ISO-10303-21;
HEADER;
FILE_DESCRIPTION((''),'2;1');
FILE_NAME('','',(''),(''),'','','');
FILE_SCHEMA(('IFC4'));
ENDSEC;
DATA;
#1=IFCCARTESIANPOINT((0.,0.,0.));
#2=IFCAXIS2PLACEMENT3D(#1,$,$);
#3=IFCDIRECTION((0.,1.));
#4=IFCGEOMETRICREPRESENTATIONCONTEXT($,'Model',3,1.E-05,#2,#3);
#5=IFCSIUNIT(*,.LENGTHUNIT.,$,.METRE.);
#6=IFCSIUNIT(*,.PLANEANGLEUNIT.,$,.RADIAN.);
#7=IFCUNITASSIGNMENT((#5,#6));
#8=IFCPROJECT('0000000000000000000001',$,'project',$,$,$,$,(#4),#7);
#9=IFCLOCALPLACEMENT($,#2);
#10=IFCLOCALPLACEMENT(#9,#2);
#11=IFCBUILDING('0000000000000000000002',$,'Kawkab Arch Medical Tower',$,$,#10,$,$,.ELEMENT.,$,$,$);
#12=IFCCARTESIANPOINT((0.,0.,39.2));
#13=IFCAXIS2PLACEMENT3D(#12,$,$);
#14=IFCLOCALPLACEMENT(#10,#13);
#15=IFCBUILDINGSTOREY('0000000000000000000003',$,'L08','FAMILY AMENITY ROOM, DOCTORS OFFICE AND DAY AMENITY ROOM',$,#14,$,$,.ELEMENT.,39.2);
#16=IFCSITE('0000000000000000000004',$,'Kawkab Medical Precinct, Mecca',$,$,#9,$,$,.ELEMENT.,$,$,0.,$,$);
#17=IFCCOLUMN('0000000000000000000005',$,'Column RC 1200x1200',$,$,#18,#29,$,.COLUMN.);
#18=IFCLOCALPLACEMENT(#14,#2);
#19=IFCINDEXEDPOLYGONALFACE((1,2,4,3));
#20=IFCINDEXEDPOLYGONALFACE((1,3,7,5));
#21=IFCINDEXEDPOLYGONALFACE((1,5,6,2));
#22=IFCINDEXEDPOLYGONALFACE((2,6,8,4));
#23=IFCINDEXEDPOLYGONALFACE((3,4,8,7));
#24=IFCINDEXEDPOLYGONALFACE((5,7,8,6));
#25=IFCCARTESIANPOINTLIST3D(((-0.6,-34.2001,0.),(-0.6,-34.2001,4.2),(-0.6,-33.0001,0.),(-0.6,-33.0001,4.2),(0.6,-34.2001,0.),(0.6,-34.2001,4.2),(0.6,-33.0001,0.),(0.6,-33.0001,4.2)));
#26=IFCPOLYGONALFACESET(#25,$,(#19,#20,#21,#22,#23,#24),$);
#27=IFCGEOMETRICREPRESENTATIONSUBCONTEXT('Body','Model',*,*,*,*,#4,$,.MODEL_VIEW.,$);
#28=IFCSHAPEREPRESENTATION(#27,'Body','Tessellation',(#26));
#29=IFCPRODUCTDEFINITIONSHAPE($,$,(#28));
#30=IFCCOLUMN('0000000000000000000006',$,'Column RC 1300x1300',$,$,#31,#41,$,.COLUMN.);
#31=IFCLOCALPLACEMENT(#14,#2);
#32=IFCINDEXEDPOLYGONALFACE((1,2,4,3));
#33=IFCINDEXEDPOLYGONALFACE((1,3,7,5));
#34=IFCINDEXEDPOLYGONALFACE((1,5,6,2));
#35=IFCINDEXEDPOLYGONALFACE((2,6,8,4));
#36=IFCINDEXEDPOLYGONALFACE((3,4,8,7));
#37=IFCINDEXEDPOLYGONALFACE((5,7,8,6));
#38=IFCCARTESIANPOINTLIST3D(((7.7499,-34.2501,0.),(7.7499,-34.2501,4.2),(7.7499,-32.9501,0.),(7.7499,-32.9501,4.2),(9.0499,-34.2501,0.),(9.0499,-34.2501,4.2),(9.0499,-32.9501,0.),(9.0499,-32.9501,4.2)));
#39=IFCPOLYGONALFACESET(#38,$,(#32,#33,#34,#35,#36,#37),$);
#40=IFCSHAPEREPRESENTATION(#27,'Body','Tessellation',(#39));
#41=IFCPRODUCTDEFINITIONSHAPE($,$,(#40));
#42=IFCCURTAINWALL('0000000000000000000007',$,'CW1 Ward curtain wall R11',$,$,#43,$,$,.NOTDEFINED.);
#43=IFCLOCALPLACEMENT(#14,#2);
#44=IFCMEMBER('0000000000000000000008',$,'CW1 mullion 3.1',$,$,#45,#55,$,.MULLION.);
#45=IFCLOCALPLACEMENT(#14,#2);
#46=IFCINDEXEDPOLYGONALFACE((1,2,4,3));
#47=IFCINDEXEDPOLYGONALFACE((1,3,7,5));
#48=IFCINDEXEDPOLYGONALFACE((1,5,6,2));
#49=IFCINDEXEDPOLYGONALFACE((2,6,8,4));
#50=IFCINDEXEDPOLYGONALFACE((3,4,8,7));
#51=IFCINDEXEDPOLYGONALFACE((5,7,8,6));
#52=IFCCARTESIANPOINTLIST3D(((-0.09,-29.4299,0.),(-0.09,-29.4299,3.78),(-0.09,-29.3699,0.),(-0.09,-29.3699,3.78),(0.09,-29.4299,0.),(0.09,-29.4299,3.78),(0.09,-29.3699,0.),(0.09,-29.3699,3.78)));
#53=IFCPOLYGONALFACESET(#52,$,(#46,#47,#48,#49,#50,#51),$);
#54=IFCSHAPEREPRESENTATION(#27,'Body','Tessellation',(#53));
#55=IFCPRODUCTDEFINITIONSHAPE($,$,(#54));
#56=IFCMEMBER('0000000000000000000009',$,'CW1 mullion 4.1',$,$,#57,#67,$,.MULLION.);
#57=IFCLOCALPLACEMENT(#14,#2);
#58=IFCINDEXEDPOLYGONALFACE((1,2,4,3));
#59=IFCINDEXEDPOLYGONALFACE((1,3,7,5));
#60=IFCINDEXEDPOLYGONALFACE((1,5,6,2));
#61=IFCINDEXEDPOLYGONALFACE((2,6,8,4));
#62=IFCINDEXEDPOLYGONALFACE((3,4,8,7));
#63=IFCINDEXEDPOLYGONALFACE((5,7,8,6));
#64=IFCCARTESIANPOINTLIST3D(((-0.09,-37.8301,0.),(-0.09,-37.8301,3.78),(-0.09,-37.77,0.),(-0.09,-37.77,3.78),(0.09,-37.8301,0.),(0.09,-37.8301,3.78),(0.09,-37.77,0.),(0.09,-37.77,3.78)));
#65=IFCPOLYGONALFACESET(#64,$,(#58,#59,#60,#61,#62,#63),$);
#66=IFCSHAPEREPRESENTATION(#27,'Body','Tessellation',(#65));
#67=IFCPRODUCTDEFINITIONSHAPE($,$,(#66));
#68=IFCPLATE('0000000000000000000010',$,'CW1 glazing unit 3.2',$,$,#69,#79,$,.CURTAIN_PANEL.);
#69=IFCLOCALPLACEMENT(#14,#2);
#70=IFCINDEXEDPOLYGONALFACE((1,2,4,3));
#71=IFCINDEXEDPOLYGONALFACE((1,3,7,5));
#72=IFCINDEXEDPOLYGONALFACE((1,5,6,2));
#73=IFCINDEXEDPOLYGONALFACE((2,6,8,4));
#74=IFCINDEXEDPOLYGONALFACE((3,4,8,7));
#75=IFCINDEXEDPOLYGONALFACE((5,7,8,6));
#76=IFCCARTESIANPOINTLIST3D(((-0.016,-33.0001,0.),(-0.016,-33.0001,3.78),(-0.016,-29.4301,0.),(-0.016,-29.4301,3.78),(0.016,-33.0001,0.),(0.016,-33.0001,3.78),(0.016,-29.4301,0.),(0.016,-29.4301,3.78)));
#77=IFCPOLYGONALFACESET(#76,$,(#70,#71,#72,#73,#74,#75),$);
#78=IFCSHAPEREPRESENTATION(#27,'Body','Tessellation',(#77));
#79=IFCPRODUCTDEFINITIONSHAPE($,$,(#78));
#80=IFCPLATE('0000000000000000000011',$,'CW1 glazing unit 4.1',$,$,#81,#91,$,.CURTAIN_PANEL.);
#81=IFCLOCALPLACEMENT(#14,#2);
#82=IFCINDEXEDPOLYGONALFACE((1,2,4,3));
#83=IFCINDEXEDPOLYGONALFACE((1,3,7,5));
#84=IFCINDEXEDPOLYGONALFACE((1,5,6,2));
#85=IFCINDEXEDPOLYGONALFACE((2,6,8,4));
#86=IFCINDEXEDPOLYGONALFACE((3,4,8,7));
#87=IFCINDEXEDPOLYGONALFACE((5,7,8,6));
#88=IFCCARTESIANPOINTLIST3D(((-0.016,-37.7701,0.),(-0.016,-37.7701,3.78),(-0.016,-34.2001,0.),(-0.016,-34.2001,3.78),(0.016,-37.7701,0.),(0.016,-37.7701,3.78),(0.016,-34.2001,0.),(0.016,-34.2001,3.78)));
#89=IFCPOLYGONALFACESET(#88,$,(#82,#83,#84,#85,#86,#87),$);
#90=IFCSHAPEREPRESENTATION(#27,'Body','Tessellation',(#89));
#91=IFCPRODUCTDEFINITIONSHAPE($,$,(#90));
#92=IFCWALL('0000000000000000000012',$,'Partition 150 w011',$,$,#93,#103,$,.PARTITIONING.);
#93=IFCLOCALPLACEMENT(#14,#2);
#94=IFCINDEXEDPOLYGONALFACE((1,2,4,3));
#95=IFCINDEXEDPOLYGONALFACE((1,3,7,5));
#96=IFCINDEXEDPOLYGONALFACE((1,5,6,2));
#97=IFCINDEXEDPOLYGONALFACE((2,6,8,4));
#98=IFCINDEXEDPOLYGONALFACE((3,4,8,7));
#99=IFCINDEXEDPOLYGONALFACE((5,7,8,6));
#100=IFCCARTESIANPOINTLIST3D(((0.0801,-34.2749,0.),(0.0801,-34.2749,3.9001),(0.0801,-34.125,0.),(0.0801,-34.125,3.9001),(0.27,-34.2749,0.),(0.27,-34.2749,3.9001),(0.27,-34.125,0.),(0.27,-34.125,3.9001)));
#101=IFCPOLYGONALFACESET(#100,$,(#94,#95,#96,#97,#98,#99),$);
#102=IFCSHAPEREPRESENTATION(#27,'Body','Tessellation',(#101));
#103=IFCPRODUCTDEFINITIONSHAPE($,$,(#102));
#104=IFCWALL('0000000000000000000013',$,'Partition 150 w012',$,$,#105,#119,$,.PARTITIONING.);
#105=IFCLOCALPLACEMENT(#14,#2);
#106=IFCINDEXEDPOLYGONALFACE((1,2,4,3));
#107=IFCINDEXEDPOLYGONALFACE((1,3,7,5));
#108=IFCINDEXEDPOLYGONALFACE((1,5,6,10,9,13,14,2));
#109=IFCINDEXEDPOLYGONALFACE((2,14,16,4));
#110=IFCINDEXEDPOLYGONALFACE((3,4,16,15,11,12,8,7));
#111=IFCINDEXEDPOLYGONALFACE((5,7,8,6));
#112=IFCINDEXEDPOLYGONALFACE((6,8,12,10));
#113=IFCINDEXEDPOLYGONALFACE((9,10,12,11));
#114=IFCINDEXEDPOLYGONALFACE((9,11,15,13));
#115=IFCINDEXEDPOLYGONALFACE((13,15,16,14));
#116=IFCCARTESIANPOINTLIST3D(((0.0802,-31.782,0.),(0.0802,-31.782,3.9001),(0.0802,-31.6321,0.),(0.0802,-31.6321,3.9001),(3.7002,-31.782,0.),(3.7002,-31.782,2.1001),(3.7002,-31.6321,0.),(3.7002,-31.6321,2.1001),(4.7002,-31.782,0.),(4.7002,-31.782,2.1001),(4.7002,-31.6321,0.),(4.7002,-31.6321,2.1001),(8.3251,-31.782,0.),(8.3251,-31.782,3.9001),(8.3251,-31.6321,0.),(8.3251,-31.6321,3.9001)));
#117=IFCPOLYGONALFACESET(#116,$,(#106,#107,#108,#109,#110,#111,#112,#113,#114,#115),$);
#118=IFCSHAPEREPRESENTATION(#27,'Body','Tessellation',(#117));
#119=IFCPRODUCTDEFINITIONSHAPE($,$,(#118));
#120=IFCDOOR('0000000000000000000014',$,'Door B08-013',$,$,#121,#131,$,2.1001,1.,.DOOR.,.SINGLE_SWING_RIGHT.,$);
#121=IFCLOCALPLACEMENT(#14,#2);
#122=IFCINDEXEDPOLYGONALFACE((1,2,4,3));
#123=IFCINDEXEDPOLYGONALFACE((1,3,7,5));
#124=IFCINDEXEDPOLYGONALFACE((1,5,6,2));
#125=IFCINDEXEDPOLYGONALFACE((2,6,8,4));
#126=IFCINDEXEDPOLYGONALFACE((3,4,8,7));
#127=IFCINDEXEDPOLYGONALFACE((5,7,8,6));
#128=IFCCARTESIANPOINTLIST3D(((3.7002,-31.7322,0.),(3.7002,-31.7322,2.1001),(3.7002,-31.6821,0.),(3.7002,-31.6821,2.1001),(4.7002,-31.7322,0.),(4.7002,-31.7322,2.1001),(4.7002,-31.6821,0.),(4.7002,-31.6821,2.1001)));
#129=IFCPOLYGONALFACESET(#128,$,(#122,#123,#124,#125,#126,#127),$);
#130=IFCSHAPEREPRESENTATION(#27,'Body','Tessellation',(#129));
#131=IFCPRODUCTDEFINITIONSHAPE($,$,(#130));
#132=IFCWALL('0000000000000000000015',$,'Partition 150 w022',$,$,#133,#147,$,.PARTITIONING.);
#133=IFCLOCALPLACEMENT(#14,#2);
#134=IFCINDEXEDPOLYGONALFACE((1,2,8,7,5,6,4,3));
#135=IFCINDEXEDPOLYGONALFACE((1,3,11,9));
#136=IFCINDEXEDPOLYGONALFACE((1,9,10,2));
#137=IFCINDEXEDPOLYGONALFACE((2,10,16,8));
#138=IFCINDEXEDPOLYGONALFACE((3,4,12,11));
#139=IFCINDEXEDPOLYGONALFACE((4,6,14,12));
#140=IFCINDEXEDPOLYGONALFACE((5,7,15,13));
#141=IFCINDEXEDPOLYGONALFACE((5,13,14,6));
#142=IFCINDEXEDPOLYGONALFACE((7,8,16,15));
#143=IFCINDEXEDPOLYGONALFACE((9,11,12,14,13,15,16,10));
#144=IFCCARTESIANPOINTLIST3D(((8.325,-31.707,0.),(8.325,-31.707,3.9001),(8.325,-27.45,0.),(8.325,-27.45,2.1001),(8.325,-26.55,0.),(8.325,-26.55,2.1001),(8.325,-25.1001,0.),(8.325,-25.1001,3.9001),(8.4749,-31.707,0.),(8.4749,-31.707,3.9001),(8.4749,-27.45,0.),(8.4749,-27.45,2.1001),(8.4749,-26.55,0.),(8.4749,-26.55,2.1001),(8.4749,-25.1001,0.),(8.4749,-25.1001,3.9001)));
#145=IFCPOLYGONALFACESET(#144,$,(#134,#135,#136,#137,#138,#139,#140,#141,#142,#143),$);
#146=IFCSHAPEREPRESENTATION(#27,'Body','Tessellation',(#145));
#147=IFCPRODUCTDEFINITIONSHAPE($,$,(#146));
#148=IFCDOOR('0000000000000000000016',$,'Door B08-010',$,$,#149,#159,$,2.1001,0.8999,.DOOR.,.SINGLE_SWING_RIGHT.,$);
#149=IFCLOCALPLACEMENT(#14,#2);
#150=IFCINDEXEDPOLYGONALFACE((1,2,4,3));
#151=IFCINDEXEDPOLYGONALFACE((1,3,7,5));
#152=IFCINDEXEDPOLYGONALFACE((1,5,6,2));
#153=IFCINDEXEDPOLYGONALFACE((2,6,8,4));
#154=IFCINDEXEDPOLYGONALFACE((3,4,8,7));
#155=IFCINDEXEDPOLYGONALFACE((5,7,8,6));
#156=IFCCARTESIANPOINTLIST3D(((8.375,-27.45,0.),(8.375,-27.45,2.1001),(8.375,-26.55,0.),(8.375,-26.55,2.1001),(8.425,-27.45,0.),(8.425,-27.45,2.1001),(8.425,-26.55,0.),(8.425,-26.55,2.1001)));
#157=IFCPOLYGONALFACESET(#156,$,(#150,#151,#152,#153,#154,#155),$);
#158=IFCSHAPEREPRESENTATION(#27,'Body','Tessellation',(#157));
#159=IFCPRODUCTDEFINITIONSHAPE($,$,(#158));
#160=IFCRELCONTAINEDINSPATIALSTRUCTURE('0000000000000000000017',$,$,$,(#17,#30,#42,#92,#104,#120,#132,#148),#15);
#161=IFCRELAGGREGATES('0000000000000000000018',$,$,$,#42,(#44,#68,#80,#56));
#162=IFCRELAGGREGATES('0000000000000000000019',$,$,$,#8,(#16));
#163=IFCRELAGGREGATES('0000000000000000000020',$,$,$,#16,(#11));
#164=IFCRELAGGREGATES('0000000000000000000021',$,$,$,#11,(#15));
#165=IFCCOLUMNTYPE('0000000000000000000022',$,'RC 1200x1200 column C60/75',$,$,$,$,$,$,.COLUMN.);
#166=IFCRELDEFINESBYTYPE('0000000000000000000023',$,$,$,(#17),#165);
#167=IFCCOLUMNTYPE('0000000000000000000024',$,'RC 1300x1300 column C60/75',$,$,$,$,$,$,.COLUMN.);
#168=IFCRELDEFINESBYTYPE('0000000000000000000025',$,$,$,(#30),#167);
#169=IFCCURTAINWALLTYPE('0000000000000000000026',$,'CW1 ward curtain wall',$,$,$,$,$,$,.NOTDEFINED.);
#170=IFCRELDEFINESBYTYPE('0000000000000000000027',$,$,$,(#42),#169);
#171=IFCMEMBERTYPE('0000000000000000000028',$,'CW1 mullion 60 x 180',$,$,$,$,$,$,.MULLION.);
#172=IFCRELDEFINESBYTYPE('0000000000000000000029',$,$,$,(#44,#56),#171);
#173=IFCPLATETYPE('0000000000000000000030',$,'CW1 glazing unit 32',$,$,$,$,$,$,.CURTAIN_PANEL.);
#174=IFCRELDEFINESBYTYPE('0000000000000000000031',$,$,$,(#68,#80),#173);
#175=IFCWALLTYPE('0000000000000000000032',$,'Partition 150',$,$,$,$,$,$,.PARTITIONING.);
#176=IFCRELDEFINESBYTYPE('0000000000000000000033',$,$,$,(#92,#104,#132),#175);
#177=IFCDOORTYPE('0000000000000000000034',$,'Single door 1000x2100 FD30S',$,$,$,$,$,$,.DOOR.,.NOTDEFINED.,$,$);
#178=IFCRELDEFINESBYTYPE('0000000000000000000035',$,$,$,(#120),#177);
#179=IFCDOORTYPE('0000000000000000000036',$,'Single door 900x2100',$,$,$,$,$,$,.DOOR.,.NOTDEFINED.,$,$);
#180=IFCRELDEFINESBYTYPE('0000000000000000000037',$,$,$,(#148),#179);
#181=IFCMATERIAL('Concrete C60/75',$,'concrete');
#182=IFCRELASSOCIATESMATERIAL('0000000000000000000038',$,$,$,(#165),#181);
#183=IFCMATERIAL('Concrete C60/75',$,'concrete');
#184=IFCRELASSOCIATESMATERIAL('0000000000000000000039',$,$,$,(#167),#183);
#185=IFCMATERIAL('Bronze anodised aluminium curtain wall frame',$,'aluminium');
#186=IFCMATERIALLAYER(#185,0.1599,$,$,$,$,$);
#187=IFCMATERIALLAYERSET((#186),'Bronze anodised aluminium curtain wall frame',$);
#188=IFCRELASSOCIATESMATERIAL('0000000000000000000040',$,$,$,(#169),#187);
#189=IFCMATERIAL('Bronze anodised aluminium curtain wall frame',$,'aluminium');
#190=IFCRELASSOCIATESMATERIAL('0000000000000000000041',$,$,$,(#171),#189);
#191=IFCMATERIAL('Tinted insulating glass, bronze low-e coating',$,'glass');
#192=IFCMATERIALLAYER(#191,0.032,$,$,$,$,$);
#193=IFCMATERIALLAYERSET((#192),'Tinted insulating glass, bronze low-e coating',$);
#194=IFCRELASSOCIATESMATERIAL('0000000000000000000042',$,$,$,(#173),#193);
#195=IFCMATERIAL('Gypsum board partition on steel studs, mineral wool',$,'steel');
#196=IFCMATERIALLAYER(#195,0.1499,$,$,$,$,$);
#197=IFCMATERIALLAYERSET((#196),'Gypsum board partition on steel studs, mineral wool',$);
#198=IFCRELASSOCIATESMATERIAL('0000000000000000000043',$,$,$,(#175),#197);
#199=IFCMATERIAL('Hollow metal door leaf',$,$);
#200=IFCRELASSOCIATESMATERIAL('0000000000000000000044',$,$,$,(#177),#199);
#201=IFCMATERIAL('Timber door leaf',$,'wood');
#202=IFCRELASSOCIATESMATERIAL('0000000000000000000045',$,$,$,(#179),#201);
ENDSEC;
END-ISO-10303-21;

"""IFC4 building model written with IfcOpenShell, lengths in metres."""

from ifc_helpers import new_model, si_unit, direction, frame, frame_2d, origin, origin_2d, place, context, subcontext, project, spatial, rectangle, extrude, material, layer, layer_set, material_profile, profile_set, type_object, element, fill, aggregate, save


model = new_model("IFC4")

# Units and contexts
model_context = context("Model", 3, precision=1e-05, world=origin(), true_north=direction((0.0, 1.0)))
body_context = subcontext(model_context, "Body", "Model", "MODEL_VIEW")
ifc_project = project(units=[si_unit("LENGTHUNIT", "METRE"), si_unit("PLANEANGLEUNIT", "RADIAN")], contexts=[model_context])

# Site, building, storey
site_placement = place(None, origin())
site = spatial("IfcSite", under=ifc_project, at=site_placement, Name="Kawkab Medical Precinct, Mecca", CompositionType="ELEMENT", RefElevation=0.0)
building_placement = place(site_placement, origin())
building = spatial("IfcBuilding", under=site, at=building_placement, Name="Kawkab Arch Medical Tower", CompositionType="ELEMENT")
storey_placement = place(building_placement, frame((0.0, 0.0, 39.2)))
storey = spatial("IfcBuildingStorey", under=building, at=storey_placement, Name="L08", Description="FAMILY AMENITY ROOM, DOCTORS OFFICE AND DAY AMENITY ROOM", CompositionType="ELEMENT", Elevation=39.2)

# Columns
ifc_material_1 = material(Name="Concrete C60/75", Category="concrete")
ifc_material_profile_1 = material_profile(ifc_material_1, rectangle(XDim=1.2, YDim=1.2, at=origin_2d()), Name="RC 1200x1200")
ifc_profile_set_1 = profile_set([ifc_material_profile_1], Name="Concrete C60/75")
column_type_1 = type_object("IfcColumnType", Name="RC 1200x1200 column C60/75", PredefinedType="COLUMN", material=ifc_profile_set_1)
column_1_placement = place(storey_placement, frame((0.0, -33.6001, 0.0), z_axis=(0.0, 0.0, 1.0), x_axis=(1.0, 0.0, 0.0)))
element("IfcColumn", 1, at=column_1_placement, inside=storey, type_object=column_type_1, Name="Column RC 1200x1200", PredefinedType="COLUMN", context=body_context, shape_type="SweptSolid", body=[
    extrude(rectangle(XDim=1.2, YDim=1.2, at=origin_2d()), origin(), (0.0, 0.0, 1.0), 4.2),
])
ifc_material_2 = material(Name="Concrete C60/75", Category="concrete")
ifc_material_profile_2 = material_profile(ifc_material_2, rectangle(XDim=1.3, YDim=1.3, at=origin_2d()), Name="RC 1300x1300")
ifc_profile_set_2 = profile_set([ifc_material_profile_2], Name="Concrete C60/75")
column_type_2 = type_object("IfcColumnType", Name="RC 1300x1300 column C60/75", PredefinedType="COLUMN", material=ifc_profile_set_2)
column_2_placement = place(storey_placement, frame((8.3999, -33.6001, 0.0), z_axis=(0.0, 0.0, 1.0), x_axis=(1.0, 0.0, 0.0)))
element("IfcColumn", 2, at=column_2_placement, inside=storey, type_object=column_type_2, Name="Column RC 1300x1300", PredefinedType="COLUMN", context=body_context, shape_type="SweptSolid", body=[
    extrude(rectangle(XDim=1.3, YDim=1.3, at=origin_2d()), origin(), (0.0, 0.0, 1.0), 4.2),
])

# Curtain wall, members, plates
ifc_material_3 = material(Name="Bronze anodised aluminium curtain wall frame", Category="aluminium")
ifc_layer_1 = layer(ifc_material_3, 0.1599)
ifc_layer_set_1 = layer_set([ifc_layer_1], Name="Bronze anodised aluminium curtain wall frame")
curtain_wall_type = type_object("IfcCurtainWallType", Name="CW1 ward curtain wall", PredefinedType="NOTDEFINED", material=ifc_layer_set_1)
placement = place(storey_placement, origin())
curtain_wall = element("IfcCurtainWall", 3, at=placement, inside=storey, type_object=curtain_wall_type, Name="CW1 Ward curtain wall R11", PredefinedType="NOTDEFINED")
ifc_material_4 = material(Name="Bronze anodised aluminium curtain wall frame", Category="aluminium")
ifc_material_profile_3 = material_profile(ifc_material_4, rectangle(XDim=0.1799, YDim=0.0601, at=origin_2d()), Name="AL 60x180")
ifc_profile_set_3 = profile_set([ifc_material_profile_3], Name="Bronze anodised aluminium curtain wall frame")
member_type = type_object("IfcMemberType", Name="CW1 mullion 60 x 180", PredefinedType="MULLION", material=ifc_profile_set_3)
member_1_placement = place(storey_placement, frame((0.0, -29.3999, 0.0), z_axis=(0.0, 0.0, 1.0), x_axis=(1.0, 0.0, 0.0)))
member_1 = element("IfcMember", 4, at=member_1_placement, type_object=member_type, Name="CW1 mullion 3.1", PredefinedType="MULLION", context=body_context, shape_type="SweptSolid", body=[
    extrude(rectangle(XDim=0.1799, YDim=0.0601, at=origin_2d()), origin(), (0.0, 0.0, 1.0), 3.78),
])
member_2_placement = place(storey_placement, frame((0.0, -37.8, 0.0), z_axis=(0.0, 0.0, 1.0), x_axis=(1.0, 0.0, 0.0)))
member_2 = element("IfcMember", 5, at=member_2_placement, type_object=member_type, Name="CW1 mullion 4.1", PredefinedType="MULLION", context=body_context, shape_type="SweptSolid", body=[
    extrude(rectangle(XDim=0.1799, YDim=0.0601, at=origin_2d()), origin(), (0.0, 0.0, 1.0), 3.78),
])
ifc_material_5 = material(Name="Tinted insulating glass, bronze low-e coating", Category="glass")
ifc_layer_2 = layer(ifc_material_5, 0.032)
ifc_layer_set_2 = layer_set([ifc_layer_2], Name="Tinted insulating glass, bronze low-e coating")
plate_type = type_object("IfcPlateType", Name="CW1 glazing unit 32", PredefinedType="CURTAIN_PANEL", material=ifc_layer_set_2)
plate_1_placement = place(storey_placement, frame((0.0, -31.2151, 0.0), z_axis=(0.0, 0.0, 1.0), x_axis=(0.0, -1.0, 0.0)))
plate_1 = element("IfcPlate", 6, at=plate_1_placement, type_object=plate_type, Name="CW1 glazing unit 3.2", PredefinedType="CURTAIN_PANEL", context=body_context, shape_type="SweptSolid", body=[
    extrude(rectangle(XDim=3.5701, YDim=0.032, at=origin_2d()), origin(), (0.0, 0.0, 1.0), 3.78),
])
plate_2_placement = place(storey_placement, frame((0.0, -35.9851, 0.0), z_axis=(0.0, 0.0, 1.0), x_axis=(0.0, -1.0, 0.0)))
plate_2 = element("IfcPlate", 7, at=plate_2_placement, type_object=plate_type, Name="CW1 glazing unit 4.1", PredefinedType="CURTAIN_PANEL", context=body_context, shape_type="SweptSolid", body=[
    extrude(rectangle(XDim=3.5701, YDim=0.032, at=origin_2d()), origin(), (0.0, 0.0, 1.0), 3.78),
])
aggregate(curtain_wall, [member_1, plate_1, plate_2, member_2])

# Wall
ifc_material_6 = material(Name="Gypsum board partition on steel studs, mineral wool", Category="steel")
ifc_layer_3 = layer(ifc_material_6, 0.1499)
ifc_layer_set_3 = layer_set([ifc_layer_3], Name="Gypsum board partition on steel studs, mineral wool")
wall_type_1 = type_object("IfcWallType", Name="Partition 150", PredefinedType="PARTITIONING", material=ifc_layer_set_3)
wall_1_placement = place(storey_placement, frame((0.0801, -34.2, 0.0), z_axis=(0.0, 0.0, 1.0), x_axis=(1.0, 0.0, 0.0)))
element("IfcWall", 8, at=wall_1_placement, inside=storey, type_object=wall_type_1, Name="Partition 150 w011", PredefinedType="PARTITIONING", context=body_context, shape_type="SweptSolid", body=[
    extrude(rectangle(XDim=0.1899, YDim=0.1499, at=frame_2d((0.095, 0.0))), origin(), (0.0, 0.0, 1.0), 3.9001),
])

# Walls, openings, doors
wall_2_placement = place(storey_placement, frame((0.0801, -31.707, 0.0), z_axis=(0.0, 0.0, 1.0), x_axis=(1.0, 0.0, 0.0)))
wall_2 = element("IfcWall", 9, at=wall_2_placement, inside=storey, type_object=wall_type_1, Name="Partition 150 w012", PredefinedType="PARTITIONING", context=body_context, shape_type="SweptSolid", body=[
    extrude(rectangle(XDim=8.2449, YDim=0.1499, at=frame_2d((4.1226, 0.0))), origin(), (0.0, 0.0, 1.0), 3.9001),
])
opening_1_placement = place(wall_2_placement, frame((3.6201, 0.0, 0.0)))
opening_1 = element("IfcOpeningElement", 10, at=opening_1_placement, cuts=wall_2, PredefinedType="OPENING", context=body_context, shape_type="SweptSolid", body=[
    extrude(rectangle(XDim=1.0, YDim=2.1001, at=frame_2d((0.5, 1.05))), frame((0.0, 0.085, 0.0), z_axis=(0.0, -1.0, 0.0), x_axis=(1.0, 0.0, 0.0)), (0.0, 0.0, 1.0), 0.1699),
])
ifc_material_7 = material(Name="Hollow metal door leaf")
door_type_1 = type_object("IfcDoorType", Name="Single door 1000x2100 FD30S", OperationType="NOTDEFINED", PredefinedType="DOOR", material=ifc_material_7)
door_1_placement = place(opening_1_placement, origin())
door_1 = element("IfcDoor", 11, at=door_1_placement, inside=storey, type_object=door_type_1, Name="Door B08-013", OperationType="SINGLE_SWING_RIGHT", OverallHeight=2.1001, OverallWidth=1.0, PredefinedType="DOOR", context=body_context, shape_type="SweptSolid", body=[
    extrude(rectangle(XDim=1.0, YDim=2.1001, at=frame_2d((0.5, 1.05))), frame((0.0, 0.0249, 0.0), z_axis=(0.0, -1.0, 0.0), x_axis=(1.0, 0.0, 0.0)), (0.0, 0.0, 1.0), 0.05),
])
fill(opening_1, door_1)
wall_3_placement = place(storey_placement, frame((8.3999, -31.707, 0.0), z_axis=(0.0, 0.0, 1.0), x_axis=(0.0, 1.0, 0.0)))
wall_3 = element("IfcWall", 12, at=wall_3_placement, inside=storey, type_object=wall_type_1, Name="Partition 150 w022", PredefinedType="PARTITIONING", context=body_context, shape_type="SweptSolid", body=[
    extrude(rectangle(XDim=6.6069, YDim=0.1499, at=frame_2d((3.3035, 0.0))), origin(), (0.0, 0.0, 1.0), 3.9001),
])
opening_2_placement = place(wall_3_placement, frame((4.2571, 0.0, 0.0)))
opening_2 = element("IfcOpeningElement", 13, at=opening_2_placement, cuts=wall_3, PredefinedType="OPENING", context=body_context, shape_type="SweptSolid", body=[
    extrude(rectangle(XDim=0.8999, YDim=2.1001, at=frame_2d((0.45, 1.05))), frame((0.0, 0.085, 0.0), z_axis=(0.0, -1.0, 0.0), x_axis=(1.0, 0.0, 0.0)), (0.0, 0.0, 1.0), 0.1699),
])
ifc_material_8 = material(Name="Timber door leaf", Category="wood")
door_type_2 = type_object("IfcDoorType", Name="Single door 900x2100", OperationType="NOTDEFINED", PredefinedType="DOOR", material=ifc_material_8)
door_2_placement = place(opening_2_placement, origin())
door_2 = element("IfcDoor", 14, at=door_2_placement, inside=storey, type_object=door_type_2, Name="Door B08-010", OperationType="SINGLE_SWING_RIGHT", OverallHeight=2.1001, OverallWidth=0.8999, PredefinedType="DOOR", context=body_context, shape_type="SweptSolid", body=[
    extrude(rectangle(XDim=0.8999, YDim=2.1001, at=frame_2d((0.45, 1.05))), frame((0.0, 0.0249, 0.0), z_axis=(0.0, -1.0, 0.0), x_axis=(1.0, 0.0, 0.0)), (0.0, 0.0, 1.0), 0.05),
])
fill(opening_2, door_2)

save(model, "model.ifc")
